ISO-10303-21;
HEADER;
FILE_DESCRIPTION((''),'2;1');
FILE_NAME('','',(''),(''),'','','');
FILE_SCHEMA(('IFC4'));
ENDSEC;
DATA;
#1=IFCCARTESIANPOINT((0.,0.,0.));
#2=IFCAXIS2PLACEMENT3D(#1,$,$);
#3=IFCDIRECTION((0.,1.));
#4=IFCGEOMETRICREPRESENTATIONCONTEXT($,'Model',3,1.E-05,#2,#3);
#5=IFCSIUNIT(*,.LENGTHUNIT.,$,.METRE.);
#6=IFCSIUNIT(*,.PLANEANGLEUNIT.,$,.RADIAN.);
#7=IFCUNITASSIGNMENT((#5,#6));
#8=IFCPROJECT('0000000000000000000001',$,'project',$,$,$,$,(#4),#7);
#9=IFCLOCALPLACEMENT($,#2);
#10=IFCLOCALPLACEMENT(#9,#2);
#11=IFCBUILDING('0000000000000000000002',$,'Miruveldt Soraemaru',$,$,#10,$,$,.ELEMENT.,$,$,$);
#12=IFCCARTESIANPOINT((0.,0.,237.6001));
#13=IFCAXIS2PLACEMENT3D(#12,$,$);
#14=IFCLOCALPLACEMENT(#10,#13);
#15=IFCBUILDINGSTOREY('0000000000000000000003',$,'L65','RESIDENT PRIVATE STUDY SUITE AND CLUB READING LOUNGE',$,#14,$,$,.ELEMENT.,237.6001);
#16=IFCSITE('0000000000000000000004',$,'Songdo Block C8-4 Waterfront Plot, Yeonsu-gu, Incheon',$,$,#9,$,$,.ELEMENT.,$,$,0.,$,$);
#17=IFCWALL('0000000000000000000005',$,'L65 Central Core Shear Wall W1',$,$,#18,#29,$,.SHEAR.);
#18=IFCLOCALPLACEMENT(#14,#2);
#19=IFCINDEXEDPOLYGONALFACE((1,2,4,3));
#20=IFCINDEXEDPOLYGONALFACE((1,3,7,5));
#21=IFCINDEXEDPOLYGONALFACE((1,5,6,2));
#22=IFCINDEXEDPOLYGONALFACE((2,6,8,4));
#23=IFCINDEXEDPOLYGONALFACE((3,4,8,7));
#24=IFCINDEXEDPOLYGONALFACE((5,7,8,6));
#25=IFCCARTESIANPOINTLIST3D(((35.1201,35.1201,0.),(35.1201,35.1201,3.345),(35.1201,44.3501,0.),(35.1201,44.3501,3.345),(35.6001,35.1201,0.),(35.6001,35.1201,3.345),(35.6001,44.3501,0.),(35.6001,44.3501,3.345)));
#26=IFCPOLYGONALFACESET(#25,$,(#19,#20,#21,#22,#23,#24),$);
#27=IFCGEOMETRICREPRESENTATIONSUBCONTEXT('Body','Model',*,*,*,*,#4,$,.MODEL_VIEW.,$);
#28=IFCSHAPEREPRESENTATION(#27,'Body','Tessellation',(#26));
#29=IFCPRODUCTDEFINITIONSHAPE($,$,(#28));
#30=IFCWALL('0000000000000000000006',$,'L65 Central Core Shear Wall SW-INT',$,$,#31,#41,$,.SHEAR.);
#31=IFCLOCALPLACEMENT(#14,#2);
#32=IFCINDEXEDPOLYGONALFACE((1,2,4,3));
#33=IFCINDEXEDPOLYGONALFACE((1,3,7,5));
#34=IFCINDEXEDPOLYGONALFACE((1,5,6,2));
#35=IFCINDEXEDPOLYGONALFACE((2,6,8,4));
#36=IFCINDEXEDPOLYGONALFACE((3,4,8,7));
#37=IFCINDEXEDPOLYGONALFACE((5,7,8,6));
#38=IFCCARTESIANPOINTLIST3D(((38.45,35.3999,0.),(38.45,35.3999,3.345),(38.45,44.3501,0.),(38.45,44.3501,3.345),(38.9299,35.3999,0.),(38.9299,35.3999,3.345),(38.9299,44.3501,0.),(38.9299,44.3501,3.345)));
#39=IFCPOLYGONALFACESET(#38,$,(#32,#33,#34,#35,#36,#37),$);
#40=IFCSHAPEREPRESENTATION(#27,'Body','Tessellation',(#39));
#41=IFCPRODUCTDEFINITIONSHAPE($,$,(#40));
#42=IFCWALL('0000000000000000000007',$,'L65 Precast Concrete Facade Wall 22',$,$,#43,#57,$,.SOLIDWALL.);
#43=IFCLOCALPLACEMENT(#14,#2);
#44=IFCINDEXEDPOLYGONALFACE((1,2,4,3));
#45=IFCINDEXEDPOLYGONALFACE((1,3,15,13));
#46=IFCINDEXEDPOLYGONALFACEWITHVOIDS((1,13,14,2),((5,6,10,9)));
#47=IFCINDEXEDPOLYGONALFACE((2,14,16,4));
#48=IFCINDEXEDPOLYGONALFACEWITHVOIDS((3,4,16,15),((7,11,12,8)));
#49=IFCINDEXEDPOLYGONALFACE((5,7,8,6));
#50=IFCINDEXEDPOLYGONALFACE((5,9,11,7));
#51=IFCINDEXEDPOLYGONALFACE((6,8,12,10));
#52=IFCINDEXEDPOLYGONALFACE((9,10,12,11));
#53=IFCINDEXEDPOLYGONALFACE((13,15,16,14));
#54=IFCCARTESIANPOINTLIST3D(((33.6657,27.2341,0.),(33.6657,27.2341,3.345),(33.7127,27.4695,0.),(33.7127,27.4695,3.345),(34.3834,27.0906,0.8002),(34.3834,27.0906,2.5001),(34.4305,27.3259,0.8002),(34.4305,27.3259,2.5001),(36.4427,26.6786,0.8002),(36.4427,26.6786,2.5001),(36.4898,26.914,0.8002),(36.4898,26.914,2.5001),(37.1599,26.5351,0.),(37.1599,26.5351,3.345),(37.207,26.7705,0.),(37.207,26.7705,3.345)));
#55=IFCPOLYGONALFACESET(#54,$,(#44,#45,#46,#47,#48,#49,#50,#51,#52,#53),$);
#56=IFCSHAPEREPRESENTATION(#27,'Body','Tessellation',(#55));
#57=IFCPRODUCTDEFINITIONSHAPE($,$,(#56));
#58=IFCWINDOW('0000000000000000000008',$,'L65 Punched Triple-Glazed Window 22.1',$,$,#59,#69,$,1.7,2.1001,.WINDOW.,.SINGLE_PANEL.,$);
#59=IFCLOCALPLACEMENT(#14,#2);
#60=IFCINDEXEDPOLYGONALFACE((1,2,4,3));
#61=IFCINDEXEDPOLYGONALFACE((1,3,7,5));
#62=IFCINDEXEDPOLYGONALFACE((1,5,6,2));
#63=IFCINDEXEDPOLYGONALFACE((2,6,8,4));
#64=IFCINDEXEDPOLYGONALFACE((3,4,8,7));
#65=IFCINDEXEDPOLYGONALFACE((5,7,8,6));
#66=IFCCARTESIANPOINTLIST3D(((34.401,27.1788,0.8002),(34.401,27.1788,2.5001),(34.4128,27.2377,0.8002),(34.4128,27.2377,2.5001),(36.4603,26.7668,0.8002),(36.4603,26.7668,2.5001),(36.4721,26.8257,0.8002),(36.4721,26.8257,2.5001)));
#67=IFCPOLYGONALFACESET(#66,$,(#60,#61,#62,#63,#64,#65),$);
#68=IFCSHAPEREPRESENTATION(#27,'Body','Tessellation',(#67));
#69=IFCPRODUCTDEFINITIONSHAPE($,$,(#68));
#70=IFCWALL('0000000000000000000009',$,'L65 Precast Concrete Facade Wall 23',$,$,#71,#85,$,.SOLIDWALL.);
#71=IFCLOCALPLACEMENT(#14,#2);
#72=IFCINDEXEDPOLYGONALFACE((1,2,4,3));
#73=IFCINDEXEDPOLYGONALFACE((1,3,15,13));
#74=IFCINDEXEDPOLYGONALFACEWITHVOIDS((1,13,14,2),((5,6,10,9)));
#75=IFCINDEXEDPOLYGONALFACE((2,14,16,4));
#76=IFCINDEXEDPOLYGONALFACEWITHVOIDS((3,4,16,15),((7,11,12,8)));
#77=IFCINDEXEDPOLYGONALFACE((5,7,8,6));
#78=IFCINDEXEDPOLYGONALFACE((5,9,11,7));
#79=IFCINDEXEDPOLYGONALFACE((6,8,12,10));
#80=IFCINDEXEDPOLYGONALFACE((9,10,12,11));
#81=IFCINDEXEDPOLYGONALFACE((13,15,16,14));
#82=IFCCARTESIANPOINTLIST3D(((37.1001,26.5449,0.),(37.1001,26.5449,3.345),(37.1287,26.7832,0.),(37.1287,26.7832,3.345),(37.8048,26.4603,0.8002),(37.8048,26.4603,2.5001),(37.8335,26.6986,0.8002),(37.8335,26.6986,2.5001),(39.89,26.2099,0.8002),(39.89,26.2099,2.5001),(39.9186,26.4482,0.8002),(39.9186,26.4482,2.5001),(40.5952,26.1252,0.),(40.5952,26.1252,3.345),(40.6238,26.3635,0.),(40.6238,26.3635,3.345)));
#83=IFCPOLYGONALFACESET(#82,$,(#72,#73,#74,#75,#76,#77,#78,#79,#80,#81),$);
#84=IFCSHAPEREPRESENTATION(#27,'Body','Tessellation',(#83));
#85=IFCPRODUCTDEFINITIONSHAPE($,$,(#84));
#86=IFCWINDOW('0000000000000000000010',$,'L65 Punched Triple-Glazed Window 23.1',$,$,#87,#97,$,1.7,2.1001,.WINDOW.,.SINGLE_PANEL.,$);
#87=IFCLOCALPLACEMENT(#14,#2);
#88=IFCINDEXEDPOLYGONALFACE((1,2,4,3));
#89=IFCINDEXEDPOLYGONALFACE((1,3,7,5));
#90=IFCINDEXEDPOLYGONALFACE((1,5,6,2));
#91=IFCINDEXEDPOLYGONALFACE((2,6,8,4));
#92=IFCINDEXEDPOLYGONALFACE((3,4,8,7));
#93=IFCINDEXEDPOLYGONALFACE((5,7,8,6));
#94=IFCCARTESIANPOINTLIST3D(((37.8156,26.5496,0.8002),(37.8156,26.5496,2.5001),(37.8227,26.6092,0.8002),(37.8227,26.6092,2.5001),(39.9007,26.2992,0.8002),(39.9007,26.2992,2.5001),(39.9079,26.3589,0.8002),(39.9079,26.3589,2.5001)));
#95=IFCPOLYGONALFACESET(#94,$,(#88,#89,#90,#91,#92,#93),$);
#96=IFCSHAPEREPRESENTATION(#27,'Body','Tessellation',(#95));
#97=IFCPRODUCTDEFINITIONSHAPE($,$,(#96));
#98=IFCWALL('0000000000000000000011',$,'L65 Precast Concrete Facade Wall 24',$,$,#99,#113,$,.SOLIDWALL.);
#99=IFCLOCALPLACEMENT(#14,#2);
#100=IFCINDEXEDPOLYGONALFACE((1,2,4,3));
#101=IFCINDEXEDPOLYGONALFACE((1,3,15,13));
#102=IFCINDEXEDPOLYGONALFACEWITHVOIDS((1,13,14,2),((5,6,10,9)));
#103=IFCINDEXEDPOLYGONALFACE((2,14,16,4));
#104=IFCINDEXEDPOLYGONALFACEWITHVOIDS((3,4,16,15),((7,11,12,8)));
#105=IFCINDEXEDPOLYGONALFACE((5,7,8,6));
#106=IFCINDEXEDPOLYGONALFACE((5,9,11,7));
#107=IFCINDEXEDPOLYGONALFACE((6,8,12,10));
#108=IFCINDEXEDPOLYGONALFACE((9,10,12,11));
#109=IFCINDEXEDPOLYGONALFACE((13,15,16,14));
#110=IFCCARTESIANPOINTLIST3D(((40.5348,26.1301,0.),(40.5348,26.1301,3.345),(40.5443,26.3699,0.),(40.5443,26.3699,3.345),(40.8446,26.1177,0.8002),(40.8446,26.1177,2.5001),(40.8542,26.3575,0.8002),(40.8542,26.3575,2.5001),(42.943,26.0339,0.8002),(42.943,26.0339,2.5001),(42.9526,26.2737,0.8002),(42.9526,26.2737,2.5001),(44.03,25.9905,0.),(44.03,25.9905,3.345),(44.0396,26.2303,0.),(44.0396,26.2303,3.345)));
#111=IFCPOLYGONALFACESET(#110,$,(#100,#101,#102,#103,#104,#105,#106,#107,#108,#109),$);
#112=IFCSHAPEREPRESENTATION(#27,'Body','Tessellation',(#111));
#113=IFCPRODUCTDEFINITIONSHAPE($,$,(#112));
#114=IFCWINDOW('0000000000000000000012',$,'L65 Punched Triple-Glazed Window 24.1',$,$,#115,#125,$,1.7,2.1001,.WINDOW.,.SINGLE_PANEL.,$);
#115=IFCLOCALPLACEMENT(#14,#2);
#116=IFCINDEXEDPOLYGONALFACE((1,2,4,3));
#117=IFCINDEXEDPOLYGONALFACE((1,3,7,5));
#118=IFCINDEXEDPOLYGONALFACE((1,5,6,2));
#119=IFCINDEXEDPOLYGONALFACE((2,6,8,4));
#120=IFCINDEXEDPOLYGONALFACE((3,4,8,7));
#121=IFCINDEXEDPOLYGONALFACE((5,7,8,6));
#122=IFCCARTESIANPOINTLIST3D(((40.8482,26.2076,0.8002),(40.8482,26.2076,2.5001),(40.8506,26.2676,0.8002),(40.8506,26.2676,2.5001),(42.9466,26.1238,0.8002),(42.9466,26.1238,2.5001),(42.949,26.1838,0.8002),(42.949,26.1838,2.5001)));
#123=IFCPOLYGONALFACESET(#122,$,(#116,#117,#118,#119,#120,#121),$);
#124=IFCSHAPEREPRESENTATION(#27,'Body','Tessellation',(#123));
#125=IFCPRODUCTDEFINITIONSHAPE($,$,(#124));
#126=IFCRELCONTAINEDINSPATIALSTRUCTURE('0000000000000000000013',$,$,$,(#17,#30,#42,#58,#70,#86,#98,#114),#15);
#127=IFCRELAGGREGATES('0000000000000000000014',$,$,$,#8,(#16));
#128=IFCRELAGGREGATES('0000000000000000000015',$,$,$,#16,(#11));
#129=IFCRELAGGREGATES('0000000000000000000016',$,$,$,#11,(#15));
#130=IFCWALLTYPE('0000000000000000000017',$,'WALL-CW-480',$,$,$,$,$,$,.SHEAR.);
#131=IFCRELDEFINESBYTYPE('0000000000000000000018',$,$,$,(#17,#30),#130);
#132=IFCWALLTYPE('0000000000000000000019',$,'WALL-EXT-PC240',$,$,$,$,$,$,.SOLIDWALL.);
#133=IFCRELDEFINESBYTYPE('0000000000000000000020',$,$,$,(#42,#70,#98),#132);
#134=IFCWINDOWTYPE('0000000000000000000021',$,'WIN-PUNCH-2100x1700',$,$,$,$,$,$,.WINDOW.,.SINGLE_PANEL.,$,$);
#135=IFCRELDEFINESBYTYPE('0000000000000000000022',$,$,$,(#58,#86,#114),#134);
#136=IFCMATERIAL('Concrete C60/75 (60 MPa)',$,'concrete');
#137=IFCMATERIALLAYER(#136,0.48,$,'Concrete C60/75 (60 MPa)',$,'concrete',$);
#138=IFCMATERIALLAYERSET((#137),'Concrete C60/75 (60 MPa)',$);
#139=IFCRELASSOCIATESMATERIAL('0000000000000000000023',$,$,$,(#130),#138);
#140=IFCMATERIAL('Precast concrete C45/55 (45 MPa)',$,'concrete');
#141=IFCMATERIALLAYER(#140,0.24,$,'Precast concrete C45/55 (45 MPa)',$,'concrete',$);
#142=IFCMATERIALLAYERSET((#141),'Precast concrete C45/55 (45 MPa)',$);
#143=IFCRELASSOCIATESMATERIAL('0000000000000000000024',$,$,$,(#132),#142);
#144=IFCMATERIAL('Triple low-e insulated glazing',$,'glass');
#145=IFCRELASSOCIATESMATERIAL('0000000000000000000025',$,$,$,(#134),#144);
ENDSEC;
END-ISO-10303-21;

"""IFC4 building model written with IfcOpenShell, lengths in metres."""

from ifc_helpers import new_model, si_unit, direction, frame, frame_2d, origin, place, context, subcontext, project, spatial, rectangle, extrude, material, layer, layer_set, type_object, element, fill, save


model = new_model("IFC4")

# Units and contexts
model_context = context("Model", 3, precision=1e-05, world=origin(), true_north=direction((0.0, 1.0)))
body_context = subcontext(model_context, "Body", "Model", "MODEL_VIEW")
ifc_project = project(units=[si_unit("LENGTHUNIT", "METRE"), si_unit("PLANEANGLEUNIT", "RADIAN")], contexts=[model_context])

# Site, building, storey
site_placement = place(None, origin())
site = spatial("IfcSite", under=ifc_project, at=site_placement, Name="Songdo Block C8-4 Waterfront Plot, Yeonsu-gu, Incheon", CompositionType="ELEMENT", RefElevation=0.0)
building_placement = place(site_placement, origin())
building = spatial("IfcBuilding", under=site, at=building_placement, Name="Miruveldt Soraemaru", CompositionType="ELEMENT")
storey_placement = place(building_placement, frame((0.0, 0.0, 237.6001)))
storey = spatial("IfcBuildingStorey", under=building, at=storey_placement, Name="L65", Description="RESIDENT PRIVATE STUDY SUITE AND CLUB READING LOUNGE", CompositionType="ELEMENT", Elevation=237.6001)

# Walls
ifc_material_1 = material(Name="Concrete C60/75 (60 MPa)", Category="concrete")
ifc_layer_1 = layer(ifc_material_1, 0.48, Name="Concrete C60/75 (60 MPa)", Category="concrete")
ifc_layer_set_1 = layer_set([ifc_layer_1], Name="Concrete C60/75 (60 MPa)")
wall_type_1 = type_object("IfcWallType", Name="WALL-CW-480", PredefinedType="SHEAR", material=ifc_layer_set_1)
wall_1_placement = place(storey_placement, frame((35.3601, 35.1201, 0.0), z_axis=(0.0, 0.0, 1.0), x_axis=(0.0, 1.0, 0.0)))
element("IfcWall", 1, at=wall_1_placement, inside=storey, type_object=wall_type_1, Name="L65 Central Core Shear Wall W1", PredefinedType="SHEAR", context=body_context, shape_type="SweptSolid", body=[
    extrude(rectangle(XDim=9.23, YDim=0.48, at=frame_2d((4.615, 0.0))), origin(), (0.0, 0.0, 1.0), 3.345),
])
wall_2_placement = place(storey_placement, frame((38.6899, 35.3999, 0.0), z_axis=(0.0, 0.0, 1.0), x_axis=(0.0, 1.0, 0.0)))
element("IfcWall", 2, at=wall_2_placement, inside=storey, type_object=wall_type_1, Name="L65 Central Core Shear Wall SW-INT", PredefinedType="SHEAR", context=body_context, shape_type="SweptSolid", body=[
    extrude(rectangle(XDim=8.9502, YDim=0.48, at=frame_2d((4.4751, 0.0))), origin(), (0.0, 0.0, 1.0), 3.345),
])

# Walls, openings, windows
ifc_material_2 = material(Name="Precast concrete C45/55 (45 MPa)", Category="concrete")
ifc_layer_2 = layer(ifc_material_2, 0.24, Name="Precast concrete C45/55 (45 MPa)", Category="concrete")
ifc_layer_set_2 = layer_set([ifc_layer_2], Name="Precast concrete C45/55 (45 MPa)")
wall_type_2 = type_object("IfcWallType", Name="WALL-EXT-PC240", PredefinedType="SOLIDWALL", material=ifc_layer_set_2)
wall_3_placement = place(storey_placement, frame((33.6892, 27.3518, 0.0), z_axis=(0.0, 0.0, 1.0), x_axis=(0.980573, -0.196156, 0.0)))
wall_3 = element("IfcWall", 3, at=wall_3_placement, inside=storey, type_object=wall_type_2, Name="L65 Precast Concrete Facade Wall 22", PredefinedType="SOLIDWALL", context=body_context, shape_type="SweptSolid", body=[
    extrude(rectangle(XDim=3.5635, YDim=0.24, at=frame_2d((1.7817, 0.0))), origin(), (0.0, 0.0, 1.0), 3.345),
])
opening_1_placement = place(wall_3_placement, frame((0.7319, 0.0, 0.8)))
opening_1 = element("IfcOpeningElement", 4, at=opening_1_placement, cuts=wall_3, PredefinedType="OPENING", context=body_context, shape_type="SweptSolid", body=[
    extrude(rectangle(XDim=2.1001, YDim=1.7, at=frame_2d((1.05, 0.8501))), frame((0.0, 0.1299, 0.0), z_axis=(0.0, -1.0, 0.0), x_axis=(1.0, 0.0, 0.0)), (0.0, 0.0, 1.0), 0.26),
])
ifc_material_3 = material(Name="Triple low-e insulated glazing", Category="glass")
window_type = type_object("IfcWindowType", Name="WIN-PUNCH-2100x1700", PartitioningType="SINGLE_PANEL", PredefinedType="WINDOW", material=ifc_material_3)
window_1_placement = place(opening_1_placement, origin())
window_1 = element("IfcWindow", 5, at=window_1_placement, inside=storey, type_object=window_type, Name="L65 Punched Triple-Glazed Window 22.1", OverallHeight=1.7, OverallWidth=2.1001, PartitioningType="SINGLE_PANEL", PredefinedType="WINDOW", context=body_context, shape_type="SweptSolid", body=[
    extrude(rectangle(XDim=2.1001, YDim=1.7, at=frame_2d((1.05, 0.8501))), frame((0.0, 0.03, 0.0), z_axis=(0.0, -1.0, 0.0), x_axis=(1.0, 0.0, 0.0)), (0.0, 0.0, 1.0), 0.0601),
])
fill(opening_1, window_1)
wall_4_placement = place(storey_placement, frame((37.1143, 26.6641, 0.0), z_axis=(0.0, 0.0, 1.0), x_axis=(0.992868, -0.119219, 0.0)))
wall_4 = element("IfcWall", 6, at=wall_4_placement, inside=storey, type_object=wall_type_2, Name="L65 Precast Concrete Facade Wall 23", PredefinedType="SOLIDWALL", context=body_context, shape_type="SweptSolid", body=[
    extrude(rectangle(XDim=3.5203, YDim=0.24, at=frame_2d((1.7603, 0.0))), origin(), (0.0, 0.0, 1.0), 3.345),
])
opening_2_placement = place(wall_4_placement, frame((0.71, 0.0, 0.8)))
opening_2 = element("IfcOpeningElement", 7, at=opening_2_placement, cuts=wall_4, PredefinedType="OPENING", context=body_context, shape_type="SweptSolid", body=[
    extrude(rectangle(XDim=2.1001, YDim=1.7, at=frame_2d((1.05, 0.8501))), frame((0.0, 0.1299, 0.0), z_axis=(0.0, -1.0, 0.0), x_axis=(1.0, 0.0, 0.0)), (0.0, 0.0, 1.0), 0.26),
])
window_2_placement = place(opening_2_placement, origin())
window_2 = element("IfcWindow", 8, at=window_2_placement, inside=storey, type_object=window_type, Name="L65 Punched Triple-Glazed Window 23.1", OverallHeight=1.7, OverallWidth=2.1001, PartitioningType="SINGLE_PANEL", PredefinedType="WINDOW", context=body_context, shape_type="SweptSolid", body=[
    extrude(rectangle(XDim=2.1001, YDim=1.7, at=frame_2d((1.05, 0.8501))), frame((0.0, 0.03, 0.0), z_axis=(0.0, -1.0, 0.0), x_axis=(1.0, 0.0, 0.0)), (0.0, 0.0, 1.0), 0.0601),
])
fill(opening_2, window_2)
wall_5_placement = place(storey_placement, frame((40.5396, 26.25, 0.0), z_axis=(0.0, 0.0, 1.0), x_axis=(0.999203, -0.039921, 0.0)))
wall_5 = element("IfcWall", 9, at=wall_5_placement, inside=storey, type_object=wall_type_2, Name="L65 Precast Concrete Facade Wall 24", PredefinedType="SOLIDWALL", context=body_context, shape_type="SweptSolid", body=[
    extrude(rectangle(XDim=3.498, YDim=0.24, at=frame_2d((1.749, 0.0))), origin(), (0.0, 0.0, 1.0), 3.345),
])
opening_3_placement = place(wall_5_placement, frame((0.3101, 0.0, 0.8)))
opening_3 = element("IfcOpeningElement", 10, at=opening_3_placement, cuts=wall_5, PredefinedType="OPENING", context=body_context, shape_type="SweptSolid", body=[
    extrude(rectangle(XDim=2.1001, YDim=1.7, at=frame_2d((1.05, 0.8501))), frame((0.0, 0.1299, 0.0), z_axis=(0.0, -1.0, 0.0), x_axis=(1.0, 0.0, 0.0)), (0.0, 0.0, 1.0), 0.26),
])
window_3_placement = place(opening_3_placement, origin())
window_3 = element("IfcWindow", 11, at=window_3_placement, inside=storey, type_object=window_type, Name="L65 Punched Triple-Glazed Window 24.1", OverallHeight=1.7, OverallWidth=2.1001, PartitioningType="SINGLE_PANEL", PredefinedType="WINDOW", context=body_context, shape_type="SweptSolid", body=[
    extrude(rectangle(XDim=2.1001, YDim=1.7, at=frame_2d((1.05, 0.8501))), frame((0.0, 0.03, 0.0), z_axis=(0.0, -1.0, 0.0), x_axis=(1.0, 0.0, 0.0)), (0.0, 0.0, 1.0), 0.0601),
])
fill(opening_3, window_3)

save(model, "model.ifc")
